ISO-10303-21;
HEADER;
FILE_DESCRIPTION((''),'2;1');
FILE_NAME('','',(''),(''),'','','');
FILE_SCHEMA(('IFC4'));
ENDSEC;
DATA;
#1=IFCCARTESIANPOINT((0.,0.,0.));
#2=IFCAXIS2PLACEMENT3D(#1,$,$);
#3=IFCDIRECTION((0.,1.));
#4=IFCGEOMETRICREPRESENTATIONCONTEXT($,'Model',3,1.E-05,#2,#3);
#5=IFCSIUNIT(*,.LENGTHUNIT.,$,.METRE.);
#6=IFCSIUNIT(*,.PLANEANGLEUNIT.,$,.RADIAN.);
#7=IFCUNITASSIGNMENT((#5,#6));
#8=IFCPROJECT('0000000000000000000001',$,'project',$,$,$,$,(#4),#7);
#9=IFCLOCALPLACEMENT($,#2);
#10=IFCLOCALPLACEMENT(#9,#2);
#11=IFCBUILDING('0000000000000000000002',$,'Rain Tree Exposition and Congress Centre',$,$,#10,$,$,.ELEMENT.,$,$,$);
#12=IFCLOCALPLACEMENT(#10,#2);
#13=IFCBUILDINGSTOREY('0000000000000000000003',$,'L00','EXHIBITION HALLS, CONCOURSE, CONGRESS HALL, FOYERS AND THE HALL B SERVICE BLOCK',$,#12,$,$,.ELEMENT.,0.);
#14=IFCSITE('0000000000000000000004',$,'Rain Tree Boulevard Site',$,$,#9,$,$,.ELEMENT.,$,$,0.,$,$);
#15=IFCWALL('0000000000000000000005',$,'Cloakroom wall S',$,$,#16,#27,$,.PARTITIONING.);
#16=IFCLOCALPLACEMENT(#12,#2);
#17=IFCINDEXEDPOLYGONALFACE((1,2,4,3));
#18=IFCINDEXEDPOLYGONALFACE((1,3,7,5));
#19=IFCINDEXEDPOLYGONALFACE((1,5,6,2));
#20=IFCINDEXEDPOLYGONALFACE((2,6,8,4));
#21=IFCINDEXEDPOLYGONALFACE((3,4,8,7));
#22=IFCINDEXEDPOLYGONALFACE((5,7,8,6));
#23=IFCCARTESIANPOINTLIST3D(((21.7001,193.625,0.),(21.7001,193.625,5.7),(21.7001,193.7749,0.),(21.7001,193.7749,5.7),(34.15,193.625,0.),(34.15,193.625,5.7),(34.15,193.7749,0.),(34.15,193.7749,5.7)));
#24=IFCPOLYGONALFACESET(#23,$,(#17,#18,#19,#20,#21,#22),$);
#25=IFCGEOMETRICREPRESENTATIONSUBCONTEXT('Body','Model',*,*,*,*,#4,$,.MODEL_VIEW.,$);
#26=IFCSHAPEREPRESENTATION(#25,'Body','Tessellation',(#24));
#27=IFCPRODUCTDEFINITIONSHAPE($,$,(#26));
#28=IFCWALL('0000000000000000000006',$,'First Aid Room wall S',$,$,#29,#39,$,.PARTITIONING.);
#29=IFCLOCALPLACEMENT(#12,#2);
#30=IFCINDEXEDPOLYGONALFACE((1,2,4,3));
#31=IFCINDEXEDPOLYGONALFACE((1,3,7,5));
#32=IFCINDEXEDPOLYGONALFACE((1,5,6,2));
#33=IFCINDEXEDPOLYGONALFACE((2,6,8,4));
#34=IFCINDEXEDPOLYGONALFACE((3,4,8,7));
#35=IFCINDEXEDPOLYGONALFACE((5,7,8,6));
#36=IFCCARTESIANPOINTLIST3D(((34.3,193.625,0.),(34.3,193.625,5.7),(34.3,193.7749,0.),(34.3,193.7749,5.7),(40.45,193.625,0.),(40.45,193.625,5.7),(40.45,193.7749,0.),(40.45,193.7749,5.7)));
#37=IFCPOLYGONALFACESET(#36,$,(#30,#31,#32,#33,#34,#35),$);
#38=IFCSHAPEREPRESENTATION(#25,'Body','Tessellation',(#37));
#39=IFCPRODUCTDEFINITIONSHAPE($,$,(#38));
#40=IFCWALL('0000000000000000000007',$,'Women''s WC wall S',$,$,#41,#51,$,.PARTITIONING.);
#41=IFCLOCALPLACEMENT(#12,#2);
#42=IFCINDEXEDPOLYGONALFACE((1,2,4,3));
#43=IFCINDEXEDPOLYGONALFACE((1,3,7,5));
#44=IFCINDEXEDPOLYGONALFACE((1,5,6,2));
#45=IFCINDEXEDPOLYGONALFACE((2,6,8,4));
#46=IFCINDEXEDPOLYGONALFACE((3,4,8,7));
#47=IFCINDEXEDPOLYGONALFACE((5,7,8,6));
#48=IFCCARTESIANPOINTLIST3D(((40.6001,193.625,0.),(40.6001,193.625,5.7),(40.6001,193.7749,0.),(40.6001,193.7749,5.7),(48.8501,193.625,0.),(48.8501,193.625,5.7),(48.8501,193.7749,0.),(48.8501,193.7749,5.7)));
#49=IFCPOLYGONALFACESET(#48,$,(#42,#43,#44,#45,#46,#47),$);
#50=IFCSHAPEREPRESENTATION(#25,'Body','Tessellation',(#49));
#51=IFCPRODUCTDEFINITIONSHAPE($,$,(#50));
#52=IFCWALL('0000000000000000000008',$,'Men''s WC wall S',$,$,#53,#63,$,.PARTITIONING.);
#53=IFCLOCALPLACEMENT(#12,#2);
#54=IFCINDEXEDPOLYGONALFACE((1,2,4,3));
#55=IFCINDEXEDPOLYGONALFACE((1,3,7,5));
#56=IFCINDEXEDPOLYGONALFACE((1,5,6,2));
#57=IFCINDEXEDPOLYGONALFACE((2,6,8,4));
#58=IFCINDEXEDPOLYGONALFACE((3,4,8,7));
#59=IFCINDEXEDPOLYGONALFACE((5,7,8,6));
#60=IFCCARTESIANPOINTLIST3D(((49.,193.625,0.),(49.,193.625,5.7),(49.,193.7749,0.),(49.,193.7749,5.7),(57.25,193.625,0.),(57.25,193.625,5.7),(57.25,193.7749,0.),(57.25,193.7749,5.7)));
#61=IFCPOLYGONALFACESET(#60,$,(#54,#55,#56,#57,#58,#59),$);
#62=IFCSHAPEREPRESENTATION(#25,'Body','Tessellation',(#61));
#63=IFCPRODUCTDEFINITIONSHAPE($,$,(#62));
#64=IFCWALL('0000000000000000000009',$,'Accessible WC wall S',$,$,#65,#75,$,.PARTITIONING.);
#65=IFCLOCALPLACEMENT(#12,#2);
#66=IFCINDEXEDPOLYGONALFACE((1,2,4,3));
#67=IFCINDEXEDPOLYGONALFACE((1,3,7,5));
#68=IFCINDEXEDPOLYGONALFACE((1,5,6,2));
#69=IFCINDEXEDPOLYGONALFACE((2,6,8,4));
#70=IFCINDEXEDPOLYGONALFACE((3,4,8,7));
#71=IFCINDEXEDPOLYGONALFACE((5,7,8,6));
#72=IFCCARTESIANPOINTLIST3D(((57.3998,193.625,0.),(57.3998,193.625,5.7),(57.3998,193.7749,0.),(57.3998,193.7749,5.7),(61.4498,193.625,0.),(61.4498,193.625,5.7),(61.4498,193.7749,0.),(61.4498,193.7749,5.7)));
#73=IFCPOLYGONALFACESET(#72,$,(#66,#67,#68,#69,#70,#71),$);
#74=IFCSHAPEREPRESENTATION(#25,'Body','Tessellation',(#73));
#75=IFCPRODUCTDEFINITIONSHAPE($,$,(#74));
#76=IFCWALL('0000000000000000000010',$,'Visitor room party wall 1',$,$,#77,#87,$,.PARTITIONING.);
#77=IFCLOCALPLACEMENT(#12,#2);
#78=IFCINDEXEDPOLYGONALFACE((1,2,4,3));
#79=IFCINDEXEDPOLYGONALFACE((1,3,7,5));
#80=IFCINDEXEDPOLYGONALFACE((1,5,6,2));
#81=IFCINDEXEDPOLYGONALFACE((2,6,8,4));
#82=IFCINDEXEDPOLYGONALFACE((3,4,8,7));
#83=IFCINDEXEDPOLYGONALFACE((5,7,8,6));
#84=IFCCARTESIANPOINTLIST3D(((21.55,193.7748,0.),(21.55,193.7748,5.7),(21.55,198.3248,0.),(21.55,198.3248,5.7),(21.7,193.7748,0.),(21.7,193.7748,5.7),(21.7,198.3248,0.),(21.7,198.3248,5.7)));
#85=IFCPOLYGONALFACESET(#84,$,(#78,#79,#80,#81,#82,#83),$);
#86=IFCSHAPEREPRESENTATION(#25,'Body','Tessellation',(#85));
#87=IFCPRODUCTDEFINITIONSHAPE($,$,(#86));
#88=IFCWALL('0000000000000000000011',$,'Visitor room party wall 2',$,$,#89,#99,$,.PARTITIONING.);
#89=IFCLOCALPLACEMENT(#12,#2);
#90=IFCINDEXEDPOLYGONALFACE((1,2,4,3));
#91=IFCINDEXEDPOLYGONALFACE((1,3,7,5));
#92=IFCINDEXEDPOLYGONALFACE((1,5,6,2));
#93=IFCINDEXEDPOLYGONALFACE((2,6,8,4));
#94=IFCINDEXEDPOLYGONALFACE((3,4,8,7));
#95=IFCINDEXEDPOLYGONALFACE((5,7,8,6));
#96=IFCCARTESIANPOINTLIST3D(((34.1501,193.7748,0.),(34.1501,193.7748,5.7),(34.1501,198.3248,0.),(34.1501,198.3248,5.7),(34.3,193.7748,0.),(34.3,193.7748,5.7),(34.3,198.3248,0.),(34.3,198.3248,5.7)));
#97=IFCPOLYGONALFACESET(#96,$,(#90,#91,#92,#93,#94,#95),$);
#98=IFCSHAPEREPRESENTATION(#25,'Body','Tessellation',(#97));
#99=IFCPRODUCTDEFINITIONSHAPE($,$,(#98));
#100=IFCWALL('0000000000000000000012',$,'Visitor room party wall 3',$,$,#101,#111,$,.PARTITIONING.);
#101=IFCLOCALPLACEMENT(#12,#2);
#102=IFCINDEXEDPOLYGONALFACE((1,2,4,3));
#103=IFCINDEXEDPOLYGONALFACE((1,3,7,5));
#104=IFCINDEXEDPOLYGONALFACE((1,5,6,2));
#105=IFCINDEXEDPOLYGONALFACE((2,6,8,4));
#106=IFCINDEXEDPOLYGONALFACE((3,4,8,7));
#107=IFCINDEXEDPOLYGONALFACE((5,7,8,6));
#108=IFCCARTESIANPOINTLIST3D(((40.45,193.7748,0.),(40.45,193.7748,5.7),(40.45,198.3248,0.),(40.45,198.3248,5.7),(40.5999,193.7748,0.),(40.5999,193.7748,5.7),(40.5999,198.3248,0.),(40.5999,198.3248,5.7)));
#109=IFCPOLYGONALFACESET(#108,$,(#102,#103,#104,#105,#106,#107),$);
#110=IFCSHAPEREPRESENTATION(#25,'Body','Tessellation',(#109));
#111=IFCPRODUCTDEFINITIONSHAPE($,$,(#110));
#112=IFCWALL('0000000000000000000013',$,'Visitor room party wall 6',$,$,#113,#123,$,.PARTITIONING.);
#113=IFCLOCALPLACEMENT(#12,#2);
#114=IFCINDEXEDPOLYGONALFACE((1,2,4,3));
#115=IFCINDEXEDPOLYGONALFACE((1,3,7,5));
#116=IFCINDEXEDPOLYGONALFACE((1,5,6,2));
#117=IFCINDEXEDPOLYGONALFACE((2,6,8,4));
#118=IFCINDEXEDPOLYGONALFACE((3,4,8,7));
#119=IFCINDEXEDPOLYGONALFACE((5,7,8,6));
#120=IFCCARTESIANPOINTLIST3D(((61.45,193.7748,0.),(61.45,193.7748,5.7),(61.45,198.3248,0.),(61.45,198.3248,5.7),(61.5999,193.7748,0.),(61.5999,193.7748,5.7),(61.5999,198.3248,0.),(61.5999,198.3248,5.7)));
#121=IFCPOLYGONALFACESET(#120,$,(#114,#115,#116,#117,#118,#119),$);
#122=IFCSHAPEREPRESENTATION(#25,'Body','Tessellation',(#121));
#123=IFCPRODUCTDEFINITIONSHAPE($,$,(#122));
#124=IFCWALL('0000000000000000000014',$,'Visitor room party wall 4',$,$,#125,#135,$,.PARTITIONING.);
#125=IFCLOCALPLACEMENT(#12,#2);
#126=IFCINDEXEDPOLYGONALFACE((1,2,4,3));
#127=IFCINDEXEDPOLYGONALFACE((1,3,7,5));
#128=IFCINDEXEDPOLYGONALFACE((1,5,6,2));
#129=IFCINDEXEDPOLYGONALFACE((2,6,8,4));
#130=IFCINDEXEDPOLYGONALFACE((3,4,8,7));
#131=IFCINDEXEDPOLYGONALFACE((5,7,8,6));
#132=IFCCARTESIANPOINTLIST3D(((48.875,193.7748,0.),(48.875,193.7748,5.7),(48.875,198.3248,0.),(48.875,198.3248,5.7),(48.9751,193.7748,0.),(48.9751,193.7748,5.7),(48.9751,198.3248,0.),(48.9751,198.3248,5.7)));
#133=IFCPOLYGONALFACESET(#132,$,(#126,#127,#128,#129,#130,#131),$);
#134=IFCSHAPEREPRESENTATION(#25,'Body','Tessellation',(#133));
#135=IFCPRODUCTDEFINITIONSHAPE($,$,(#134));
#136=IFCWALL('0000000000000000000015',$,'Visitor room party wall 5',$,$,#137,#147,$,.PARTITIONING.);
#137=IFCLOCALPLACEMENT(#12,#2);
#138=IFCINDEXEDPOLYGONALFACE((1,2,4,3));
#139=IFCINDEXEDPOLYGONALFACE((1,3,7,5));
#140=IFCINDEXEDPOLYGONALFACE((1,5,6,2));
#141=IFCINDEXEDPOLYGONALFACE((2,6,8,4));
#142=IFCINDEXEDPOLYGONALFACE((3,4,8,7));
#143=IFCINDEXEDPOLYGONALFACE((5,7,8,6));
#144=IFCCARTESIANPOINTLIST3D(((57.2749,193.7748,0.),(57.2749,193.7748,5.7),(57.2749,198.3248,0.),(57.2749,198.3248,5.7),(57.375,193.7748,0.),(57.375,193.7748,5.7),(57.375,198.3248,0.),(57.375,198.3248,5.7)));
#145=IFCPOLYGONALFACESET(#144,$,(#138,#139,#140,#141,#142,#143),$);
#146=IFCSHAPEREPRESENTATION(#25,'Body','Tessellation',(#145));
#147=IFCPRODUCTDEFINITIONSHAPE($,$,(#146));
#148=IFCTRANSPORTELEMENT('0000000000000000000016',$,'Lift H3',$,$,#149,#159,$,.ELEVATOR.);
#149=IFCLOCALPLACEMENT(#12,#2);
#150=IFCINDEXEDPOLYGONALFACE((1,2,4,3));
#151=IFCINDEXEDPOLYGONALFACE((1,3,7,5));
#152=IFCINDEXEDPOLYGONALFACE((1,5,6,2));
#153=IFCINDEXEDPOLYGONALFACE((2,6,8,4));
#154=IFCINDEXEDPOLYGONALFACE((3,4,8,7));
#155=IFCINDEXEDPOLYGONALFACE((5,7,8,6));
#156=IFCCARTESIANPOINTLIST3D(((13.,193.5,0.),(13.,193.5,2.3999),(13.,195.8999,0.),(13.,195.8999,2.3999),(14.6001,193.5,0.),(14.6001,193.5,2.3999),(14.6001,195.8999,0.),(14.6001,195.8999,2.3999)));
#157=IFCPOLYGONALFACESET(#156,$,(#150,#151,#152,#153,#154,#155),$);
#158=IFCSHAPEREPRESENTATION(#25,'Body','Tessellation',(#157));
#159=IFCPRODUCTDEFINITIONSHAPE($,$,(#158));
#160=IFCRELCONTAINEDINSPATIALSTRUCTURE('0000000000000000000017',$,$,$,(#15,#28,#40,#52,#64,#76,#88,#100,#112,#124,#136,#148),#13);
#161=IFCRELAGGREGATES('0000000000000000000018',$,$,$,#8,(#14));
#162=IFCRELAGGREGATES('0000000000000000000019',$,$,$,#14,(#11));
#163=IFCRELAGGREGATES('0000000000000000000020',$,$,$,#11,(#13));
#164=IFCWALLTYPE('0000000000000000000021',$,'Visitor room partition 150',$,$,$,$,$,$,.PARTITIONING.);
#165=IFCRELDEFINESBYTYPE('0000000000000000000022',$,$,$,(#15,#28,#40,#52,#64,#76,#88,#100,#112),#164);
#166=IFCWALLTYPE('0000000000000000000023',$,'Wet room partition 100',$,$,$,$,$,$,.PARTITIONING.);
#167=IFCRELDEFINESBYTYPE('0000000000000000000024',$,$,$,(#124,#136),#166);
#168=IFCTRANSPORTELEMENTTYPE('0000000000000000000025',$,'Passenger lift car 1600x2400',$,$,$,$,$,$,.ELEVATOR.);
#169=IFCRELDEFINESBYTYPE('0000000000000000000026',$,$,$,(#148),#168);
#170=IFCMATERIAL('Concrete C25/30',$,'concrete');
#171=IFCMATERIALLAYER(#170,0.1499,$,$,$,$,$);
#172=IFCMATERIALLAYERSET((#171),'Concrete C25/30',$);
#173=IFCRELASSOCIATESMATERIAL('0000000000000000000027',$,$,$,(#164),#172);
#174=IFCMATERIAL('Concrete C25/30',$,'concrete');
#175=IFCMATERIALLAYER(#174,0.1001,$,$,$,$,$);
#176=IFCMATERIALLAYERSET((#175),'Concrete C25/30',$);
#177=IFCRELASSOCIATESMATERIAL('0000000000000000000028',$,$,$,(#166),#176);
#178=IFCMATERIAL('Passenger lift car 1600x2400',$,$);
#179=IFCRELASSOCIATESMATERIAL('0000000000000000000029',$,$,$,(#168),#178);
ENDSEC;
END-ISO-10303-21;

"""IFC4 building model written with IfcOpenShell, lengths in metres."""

from ifc_helpers import new_model, si_unit, direction, frame, frame_2d, origin, origin_2d, place, context, subcontext, project, spatial, rectangle, extrude, material, layer, layer_set, type_object, element, save


model = new_model("IFC4")

# Units and contexts
model_context = context("Model", 3, precision=1e-05, world=origin(), true_north=direction((0.0, 1.0)))
body_context = subcontext(model_context, "Body", "Model", "MODEL_VIEW")
ifc_project = project(units=[si_unit("LENGTHUNIT", "METRE"), si_unit("PLANEANGLEUNIT", "RADIAN")], contexts=[model_context])

# Site, building, storey
site_placement = place(None, origin())
site = spatial("IfcSite", under=ifc_project, at=site_placement, Name="Rain Tree Boulevard Site", CompositionType="ELEMENT", RefElevation=0.0)
building_placement = place(site_placement, origin())
building = spatial("IfcBuilding", under=site, at=building_placement, Name="Rain Tree Exposition and Congress Centre", CompositionType="ELEMENT")
storey_placement = place(building_placement, origin())
storey = spatial("IfcBuildingStorey", under=building, at=storey_placement, Name="L00", Description="EXHIBITION HALLS, CONCOURSE, CONGRESS HALL, FOYERS AND THE HALL B SERVICE BLOCK", CompositionType="ELEMENT", Elevation=0.0)

# Walls
ifc_material_1 = material(Name="Concrete C25/30", Category="concrete")
ifc_layer_1 = layer(ifc_material_1, 0.1499)
ifc_layer_set_1 = layer_set([ifc_layer_1], Name="Concrete C25/30")
wall_type_1 = type_object("IfcWallType", Name="Visitor room partition 150", PredefinedType="PARTITIONING", material=ifc_layer_set_1)
wall_1_placement = place(storey_placement, frame((21.7, 193.7, 0.0), z_axis=(0.0, 0.0, 1.0), x_axis=(1.0, 0.0, 0.0)))
element("IfcWall", 1, at=wall_1_placement, inside=storey, type_object=wall_type_1, Name="Cloakroom wall S", PredefinedType="PARTITIONING", context=body_context, shape_type="SweptSolid", body=[
    extrude(rectangle(XDim=12.45, YDim=0.1499, at=frame_2d((6.2251, 0.0))), origin(), (0.0, 0.0, 1.0), 5.7),
])
wall_2_placement = place(storey_placement, frame((34.3, 193.7, 0.0), z_axis=(0.0, 0.0, 1.0), x_axis=(1.0, 0.0, 0.0)))
element("IfcWall", 2, at=wall_2_placement, inside=storey, type_object=wall_type_1, Name="First Aid Room wall S", PredefinedType="PARTITIONING", context=body_context, shape_type="SweptSolid", body=[
    extrude(rectangle(XDim=6.1499, YDim=0.1499, at=frame_2d((3.075, 0.0))), origin(), (0.0, 0.0, 1.0), 5.7),
])
for number, where, z_axis, x_axis, name in (
    (3, (40.6001, 193.7, 0.0), (0.0, 0.0, 1.0), (1.0, 0.0, 0.0), "Women's WC wall S"),
    (4, (49.0, 193.7, 0.0), (0.0, 0.0, 1.0), (1.0, 0.0, 0.0), "Men's WC wall S"),
):
    element("IfcWall", number, at=place(storey_placement, frame(where, z_axis=z_axis, x_axis=x_axis)), inside=storey, type_object=wall_type_1, Name=name, PredefinedType="PARTITIONING", context=body_context, shape_type="SweptSolid", body=[
        extrude(rectangle(XDim=8.25, YDim=0.1499, at=frame_2d((4.125, 0.0))), origin(), (0.0, 0.0, 1.0), 5.7),
    ])
wall_3_placement = place(storey_placement, frame((57.3999, 193.7, 0.0), z_axis=(0.0, 0.0, 1.0), x_axis=(1.0, 0.0, 0.0)))
element("IfcWall", 5, at=wall_3_placement, inside=storey, type_object=wall_type_1, Name="Accessible WC wall S", PredefinedType="PARTITIONING", context=body_context, shape_type="SweptSolid", body=[
    extrude(rectangle(XDim=4.05, YDim=0.1499, at=frame_2d((2.0249, 0.0))), origin(), (0.0, 0.0, 1.0), 5.7),
])
for number, where, z_axis, x_axis, name in (
    (6, (21.625, 193.7749, 0.0), (0.0, 0.0, 1.0), (0.0, 1.0, 0.0), "Visitor room party wall 1"),
    (7, (34.2251, 193.7749, 0.0), (0.0, 0.0, 1.0), (0.0, 1.0, 0.0), "Visitor room party wall 2"),
    (8, (40.5249, 193.7749, 0.0), (0.0, 0.0, 1.0), (0.0, 1.0, 0.0), "Visitor room party wall 3"),
    (9, (61.5249, 193.7749, 0.0), (0.0, 0.0, 1.0), (0.0, 1.0, 0.0), "Visitor room party wall 6"),
):
    element("IfcWall", number, at=place(storey_placement, frame(where, z_axis=z_axis, x_axis=x_axis)), inside=storey, type_object=wall_type_1, Name=name, PredefinedType="PARTITIONING", context=body_context, shape_type="SweptSolid", body=[
        extrude(rectangle(XDim=4.55, YDim=0.1499, at=frame_2d((2.2749, 0.0))), origin(), (0.0, 0.0, 1.0), 5.7),
    ])
ifc_material_2 = material(Name="Concrete C25/30", Category="concrete")
ifc_layer_2 = layer(ifc_material_2, 0.1001)
ifc_layer_set_2 = layer_set([ifc_layer_2], Name="Concrete C25/30")
wall_type_2 = type_object("IfcWallType", Name="Wet room partition 100", PredefinedType="PARTITIONING", material=ifc_layer_set_2)
for number, where, z_axis, x_axis, name in (
    (10, (48.925, 193.7749, 0.0), (0.0, 0.0, 1.0), (0.0, 1.0, 0.0), "Visitor room party wall 4"),
    (11, (57.325, 193.7749, 0.0), (0.0, 0.0, 1.0), (0.0, 1.0, 0.0), "Visitor room party wall 5"),
):
    element("IfcWall", number, at=place(storey_placement, frame(where, z_axis=z_axis, x_axis=x_axis)), inside=storey, type_object=wall_type_2, Name=name, PredefinedType="PARTITIONING", context=body_context, shape_type="SweptSolid", body=[
        extrude(rectangle(XDim=4.55, YDim=0.1001, at=frame_2d((2.2749, 0.0))), origin(), (0.0, 0.0, 1.0), 5.7),
    ])

# Transport element
ifc_material_3 = material(Name="Passenger lift car 1600x2400")
transport_element_type = type_object("IfcTransportElementType", Name="Passenger lift car 1600x2400", PredefinedType="ELEVATOR", material=ifc_material_3)
transport_element_placement = place(storey_placement, frame((13.8, 194.7, 0.0), z_axis=(0.0, 0.0, 1.0), x_axis=(1.0, 0.0, 0.0)))
element("IfcTransportElement", 12, at=transport_element_placement, inside=storey, type_object=transport_element_type, Name="Lift H3", PredefinedType="ELEVATOR", context=body_context, shape_type="SweptSolid", body=[
    extrude(rectangle(XDim=1.6001, YDim=2.3999, at=origin_2d()), origin(), (0.0, 0.0, 1.0), 2.3999),
])

save(model, "model.ifc")
